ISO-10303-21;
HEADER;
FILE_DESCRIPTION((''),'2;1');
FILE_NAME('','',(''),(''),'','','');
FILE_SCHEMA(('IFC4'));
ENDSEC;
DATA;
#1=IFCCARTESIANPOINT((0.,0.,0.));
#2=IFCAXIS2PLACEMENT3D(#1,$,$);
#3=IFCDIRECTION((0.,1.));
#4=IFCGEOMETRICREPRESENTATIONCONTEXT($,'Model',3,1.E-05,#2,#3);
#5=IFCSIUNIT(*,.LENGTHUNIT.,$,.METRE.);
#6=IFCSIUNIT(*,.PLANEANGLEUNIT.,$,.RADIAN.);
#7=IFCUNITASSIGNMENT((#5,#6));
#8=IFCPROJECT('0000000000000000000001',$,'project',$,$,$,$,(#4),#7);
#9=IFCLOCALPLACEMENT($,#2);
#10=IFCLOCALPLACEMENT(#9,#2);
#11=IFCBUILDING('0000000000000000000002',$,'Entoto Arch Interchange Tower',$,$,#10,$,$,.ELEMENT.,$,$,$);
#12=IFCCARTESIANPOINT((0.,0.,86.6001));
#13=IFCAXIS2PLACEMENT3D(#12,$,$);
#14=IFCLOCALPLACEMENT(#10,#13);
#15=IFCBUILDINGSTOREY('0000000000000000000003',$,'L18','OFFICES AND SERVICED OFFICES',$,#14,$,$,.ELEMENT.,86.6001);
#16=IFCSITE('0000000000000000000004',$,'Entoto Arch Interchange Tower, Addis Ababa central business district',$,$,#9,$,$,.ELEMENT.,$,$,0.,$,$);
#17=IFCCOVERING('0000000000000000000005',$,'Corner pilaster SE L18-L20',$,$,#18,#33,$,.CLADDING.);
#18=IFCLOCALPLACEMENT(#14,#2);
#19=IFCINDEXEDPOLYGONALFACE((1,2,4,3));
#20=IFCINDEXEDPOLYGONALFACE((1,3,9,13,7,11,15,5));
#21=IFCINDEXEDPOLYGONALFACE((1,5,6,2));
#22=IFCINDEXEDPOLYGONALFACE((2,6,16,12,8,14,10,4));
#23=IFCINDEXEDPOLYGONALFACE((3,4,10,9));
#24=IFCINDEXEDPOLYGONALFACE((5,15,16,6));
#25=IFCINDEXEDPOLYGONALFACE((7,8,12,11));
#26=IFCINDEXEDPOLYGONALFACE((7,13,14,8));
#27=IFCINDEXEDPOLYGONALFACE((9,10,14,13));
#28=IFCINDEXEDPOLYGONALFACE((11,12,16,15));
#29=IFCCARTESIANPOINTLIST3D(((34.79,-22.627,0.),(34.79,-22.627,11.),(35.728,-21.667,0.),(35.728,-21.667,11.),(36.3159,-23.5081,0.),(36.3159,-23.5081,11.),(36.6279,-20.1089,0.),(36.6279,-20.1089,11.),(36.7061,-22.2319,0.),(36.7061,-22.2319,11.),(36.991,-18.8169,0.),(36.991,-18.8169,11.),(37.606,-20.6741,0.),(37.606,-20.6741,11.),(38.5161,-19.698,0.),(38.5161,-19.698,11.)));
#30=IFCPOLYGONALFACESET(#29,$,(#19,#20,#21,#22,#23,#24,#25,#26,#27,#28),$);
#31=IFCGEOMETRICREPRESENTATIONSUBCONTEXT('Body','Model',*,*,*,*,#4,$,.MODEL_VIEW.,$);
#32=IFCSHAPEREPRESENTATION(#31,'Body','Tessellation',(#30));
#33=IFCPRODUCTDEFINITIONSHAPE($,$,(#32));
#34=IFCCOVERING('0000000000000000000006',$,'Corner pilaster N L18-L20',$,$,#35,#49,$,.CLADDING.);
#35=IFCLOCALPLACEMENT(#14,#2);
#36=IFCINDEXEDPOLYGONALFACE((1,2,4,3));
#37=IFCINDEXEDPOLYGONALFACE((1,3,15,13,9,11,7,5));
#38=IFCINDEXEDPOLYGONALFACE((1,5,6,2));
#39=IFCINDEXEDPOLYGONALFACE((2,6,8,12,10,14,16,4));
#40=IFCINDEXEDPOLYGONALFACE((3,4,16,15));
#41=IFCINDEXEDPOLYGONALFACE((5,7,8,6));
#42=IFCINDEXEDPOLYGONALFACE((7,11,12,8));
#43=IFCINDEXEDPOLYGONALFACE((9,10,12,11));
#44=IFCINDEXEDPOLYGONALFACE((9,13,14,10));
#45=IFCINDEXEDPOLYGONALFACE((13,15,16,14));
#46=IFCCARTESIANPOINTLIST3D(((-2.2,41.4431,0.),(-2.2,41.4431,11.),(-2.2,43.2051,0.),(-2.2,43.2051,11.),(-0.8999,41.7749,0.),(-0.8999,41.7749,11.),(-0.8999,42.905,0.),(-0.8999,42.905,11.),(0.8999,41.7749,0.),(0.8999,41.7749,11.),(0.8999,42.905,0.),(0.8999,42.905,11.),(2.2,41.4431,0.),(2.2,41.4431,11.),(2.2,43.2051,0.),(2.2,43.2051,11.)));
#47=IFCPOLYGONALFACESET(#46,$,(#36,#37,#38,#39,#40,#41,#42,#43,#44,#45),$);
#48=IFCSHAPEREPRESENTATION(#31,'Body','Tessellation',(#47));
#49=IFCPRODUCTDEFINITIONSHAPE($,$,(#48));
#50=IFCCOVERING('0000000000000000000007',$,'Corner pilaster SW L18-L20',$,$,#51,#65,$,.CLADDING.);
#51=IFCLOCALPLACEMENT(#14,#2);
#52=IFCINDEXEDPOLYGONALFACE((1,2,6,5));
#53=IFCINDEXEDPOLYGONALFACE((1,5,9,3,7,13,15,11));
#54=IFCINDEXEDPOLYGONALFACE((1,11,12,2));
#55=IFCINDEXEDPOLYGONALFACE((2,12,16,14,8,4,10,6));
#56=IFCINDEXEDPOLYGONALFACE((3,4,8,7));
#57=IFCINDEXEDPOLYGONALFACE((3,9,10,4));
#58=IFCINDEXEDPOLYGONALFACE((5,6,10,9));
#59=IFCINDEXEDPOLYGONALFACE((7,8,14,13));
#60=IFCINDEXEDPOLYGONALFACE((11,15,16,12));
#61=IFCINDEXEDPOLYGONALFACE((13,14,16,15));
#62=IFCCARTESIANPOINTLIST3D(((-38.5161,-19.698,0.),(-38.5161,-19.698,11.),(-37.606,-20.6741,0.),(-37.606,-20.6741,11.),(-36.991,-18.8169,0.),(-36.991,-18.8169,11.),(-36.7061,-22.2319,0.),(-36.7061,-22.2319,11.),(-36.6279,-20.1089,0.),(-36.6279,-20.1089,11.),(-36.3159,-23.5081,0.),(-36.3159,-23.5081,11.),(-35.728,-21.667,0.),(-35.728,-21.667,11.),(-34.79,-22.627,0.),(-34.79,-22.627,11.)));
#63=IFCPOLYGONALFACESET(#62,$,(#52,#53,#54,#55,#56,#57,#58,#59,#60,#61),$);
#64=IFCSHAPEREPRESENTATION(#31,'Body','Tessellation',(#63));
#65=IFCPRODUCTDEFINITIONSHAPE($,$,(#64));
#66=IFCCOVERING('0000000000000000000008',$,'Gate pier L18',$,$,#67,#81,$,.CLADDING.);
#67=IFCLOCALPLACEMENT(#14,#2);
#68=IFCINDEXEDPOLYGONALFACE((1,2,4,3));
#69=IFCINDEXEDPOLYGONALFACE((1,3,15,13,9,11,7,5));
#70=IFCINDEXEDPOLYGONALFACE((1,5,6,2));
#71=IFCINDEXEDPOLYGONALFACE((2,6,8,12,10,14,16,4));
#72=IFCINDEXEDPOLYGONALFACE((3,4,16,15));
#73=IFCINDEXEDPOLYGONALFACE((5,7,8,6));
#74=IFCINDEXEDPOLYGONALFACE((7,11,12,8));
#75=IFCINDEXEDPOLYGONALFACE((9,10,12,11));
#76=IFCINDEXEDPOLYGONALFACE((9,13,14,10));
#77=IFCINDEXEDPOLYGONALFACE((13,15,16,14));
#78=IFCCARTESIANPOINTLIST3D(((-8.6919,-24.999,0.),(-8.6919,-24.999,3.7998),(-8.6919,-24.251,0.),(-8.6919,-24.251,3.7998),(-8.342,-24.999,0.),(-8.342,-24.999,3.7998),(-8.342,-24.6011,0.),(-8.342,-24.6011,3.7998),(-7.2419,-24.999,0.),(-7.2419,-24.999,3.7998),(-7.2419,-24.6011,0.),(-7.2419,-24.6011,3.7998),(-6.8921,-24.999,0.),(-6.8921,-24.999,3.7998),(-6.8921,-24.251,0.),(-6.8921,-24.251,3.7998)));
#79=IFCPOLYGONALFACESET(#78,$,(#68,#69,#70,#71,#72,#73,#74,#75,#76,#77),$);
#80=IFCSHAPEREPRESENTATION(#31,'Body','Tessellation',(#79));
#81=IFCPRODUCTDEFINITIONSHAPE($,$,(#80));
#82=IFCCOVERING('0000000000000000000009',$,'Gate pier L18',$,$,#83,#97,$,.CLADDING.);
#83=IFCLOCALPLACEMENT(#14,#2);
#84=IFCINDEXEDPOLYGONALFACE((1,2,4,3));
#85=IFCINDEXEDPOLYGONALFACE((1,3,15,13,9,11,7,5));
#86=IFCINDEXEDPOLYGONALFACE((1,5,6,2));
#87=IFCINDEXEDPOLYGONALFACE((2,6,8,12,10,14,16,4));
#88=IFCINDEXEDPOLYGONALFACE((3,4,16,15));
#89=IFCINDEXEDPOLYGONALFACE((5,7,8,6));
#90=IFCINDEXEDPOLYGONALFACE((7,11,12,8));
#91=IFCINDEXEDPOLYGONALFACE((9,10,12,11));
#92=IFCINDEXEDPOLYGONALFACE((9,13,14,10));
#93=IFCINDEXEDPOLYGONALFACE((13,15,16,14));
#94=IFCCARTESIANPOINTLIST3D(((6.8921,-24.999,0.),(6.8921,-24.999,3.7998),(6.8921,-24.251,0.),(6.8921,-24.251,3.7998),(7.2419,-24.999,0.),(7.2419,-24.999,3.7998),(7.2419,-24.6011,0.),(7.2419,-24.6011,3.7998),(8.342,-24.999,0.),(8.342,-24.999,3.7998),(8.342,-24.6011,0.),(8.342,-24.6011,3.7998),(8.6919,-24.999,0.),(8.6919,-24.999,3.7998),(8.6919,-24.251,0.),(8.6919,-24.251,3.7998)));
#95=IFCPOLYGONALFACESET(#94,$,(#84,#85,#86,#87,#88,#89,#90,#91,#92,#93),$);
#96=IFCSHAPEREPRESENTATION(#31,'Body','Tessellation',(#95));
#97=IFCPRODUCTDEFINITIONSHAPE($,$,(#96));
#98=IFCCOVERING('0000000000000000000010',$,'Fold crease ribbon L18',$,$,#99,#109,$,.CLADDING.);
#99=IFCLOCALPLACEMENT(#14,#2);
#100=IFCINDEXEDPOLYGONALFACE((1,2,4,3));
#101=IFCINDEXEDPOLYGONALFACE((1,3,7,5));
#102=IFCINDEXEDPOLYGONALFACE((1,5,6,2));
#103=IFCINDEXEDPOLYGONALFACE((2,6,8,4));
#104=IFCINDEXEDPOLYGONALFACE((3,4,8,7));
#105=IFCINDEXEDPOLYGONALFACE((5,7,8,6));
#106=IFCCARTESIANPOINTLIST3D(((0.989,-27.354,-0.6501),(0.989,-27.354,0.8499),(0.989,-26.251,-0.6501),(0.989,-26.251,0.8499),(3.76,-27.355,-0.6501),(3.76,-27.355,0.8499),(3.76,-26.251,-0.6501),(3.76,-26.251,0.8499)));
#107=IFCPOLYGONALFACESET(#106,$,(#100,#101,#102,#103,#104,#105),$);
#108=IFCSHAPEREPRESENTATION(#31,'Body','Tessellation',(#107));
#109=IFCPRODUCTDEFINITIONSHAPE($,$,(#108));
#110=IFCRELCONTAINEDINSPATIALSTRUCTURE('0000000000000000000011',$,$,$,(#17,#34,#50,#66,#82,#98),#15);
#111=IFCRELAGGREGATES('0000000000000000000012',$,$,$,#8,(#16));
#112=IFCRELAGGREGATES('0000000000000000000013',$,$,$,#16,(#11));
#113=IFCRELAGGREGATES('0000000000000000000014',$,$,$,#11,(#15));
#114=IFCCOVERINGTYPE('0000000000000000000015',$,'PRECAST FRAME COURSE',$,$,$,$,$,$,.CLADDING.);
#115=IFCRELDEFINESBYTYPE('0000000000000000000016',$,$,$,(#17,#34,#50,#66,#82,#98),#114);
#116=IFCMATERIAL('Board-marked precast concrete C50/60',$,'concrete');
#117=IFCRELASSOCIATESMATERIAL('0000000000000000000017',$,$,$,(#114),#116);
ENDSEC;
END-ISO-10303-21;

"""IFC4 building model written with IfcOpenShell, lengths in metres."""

from ifc_helpers import new_model, si_unit, direction, frame, origin, place, context, subcontext, project, spatial, polyline, outline, extrude, material, type_object, element, save


model = new_model("IFC4")

# Units and contexts
model_context = context("Model", 3, precision=1e-05, world=origin(), true_north=direction((0.0, 1.0)))
body_context = subcontext(model_context, "Body", "Model", "MODEL_VIEW")
ifc_project = project(units=[si_unit("LENGTHUNIT", "METRE"), si_unit("PLANEANGLEUNIT", "RADIAN")], contexts=[model_context])

# Site, building, storey
site_placement = place(None, origin())
site = spatial("IfcSite", under=ifc_project, at=site_placement, Name="Entoto Arch Interchange Tower, Addis Ababa central business district", CompositionType="ELEMENT", RefElevation=0.0)
building_placement = place(site_placement, origin())
building = spatial("IfcBuilding", under=site, at=building_placement, Name="Entoto Arch Interchange Tower", CompositionType="ELEMENT")
storey_placement = place(building_placement, frame((0.0, 0.0, 86.6001)))
storey = spatial("IfcBuildingStorey", under=building, at=storey_placement, Name="L18", Description="OFFICES AND SERVICED OFFICES", CompositionType="ELEMENT", Elevation=86.6001)

# Coverings
ifc_material_1 = material(Name="Board-marked precast concrete C50/60", Category="concrete")
covering_type = type_object("IfcCoveringType", Name="PRECAST FRAME COURSE", PredefinedType="CLADDING", material=ifc_material_1)
covering_1_placement = place(storey_placement, origin())
element("IfcCovering", 1, at=covering_1_placement, inside=storey, type_object=covering_type, Name="Corner pilaster SE L18-L20", PredefinedType="CLADDING", context=body_context, shape_type="SweptSolid", body=[
    extrude(outline(polyline([(38.5161, -19.698), (36.3159, -23.5081), (34.79, -22.627), (35.728, -21.667), (36.7061, -22.2319), (37.606, -20.6741), (36.6279, -20.1089), (36.991, -18.8169), (38.5161, -19.698)])), origin(), (0.0, 0.0, 1.0), 11.0),
])
covering_2_placement = place(storey_placement, origin())
element("IfcCovering", 2, at=covering_2_placement, inside=storey, type_object=covering_type, Name="Corner pilaster N L18-L20", PredefinedType="CLADDING", context=body_context, shape_type="SweptSolid", body=[
    extrude(outline(polyline([(-2.2, 43.2051), (2.2, 43.2051), (2.2, 41.4431), (0.8999, 41.7749), (0.8999, 42.905), (-0.8999, 42.905), (-0.8999, 41.7749), (-2.2, 41.4431), (-2.2, 43.2051)])), origin(), (0.0, 0.0, 1.0), 11.0),
])
covering_3_placement = place(storey_placement, origin())
element("IfcCovering", 3, at=covering_3_placement, inside=storey, type_object=covering_type, Name="Corner pilaster SW L18-L20", PredefinedType="CLADDING", context=body_context, shape_type="SweptSolid", body=[
    extrude(outline(polyline([(-36.3159, -23.5081), (-38.5161, -19.698), (-36.991, -18.8169), (-36.6279, -20.1089), (-37.606, -20.6741), (-36.7061, -22.2319), (-35.728, -21.667), (-34.79, -22.627), (-36.3159, -23.5081)])), origin(), (0.0, 0.0, 1.0), 11.0),
])
covering_4_placement = place(storey_placement, origin())
element("IfcCovering", 4, at=covering_4_placement, inside=storey, type_object=covering_type, Name="Gate pier L18", PredefinedType="CLADDING", context=body_context, shape_type="SweptSolid", body=[
    extrude(outline(polyline([(-8.6919, -24.251), (-6.8921, -24.251), (-6.8921, -24.999), (-7.2419, -24.999), (-7.2419, -24.6011), (-8.342, -24.6011), (-8.342, -24.999), (-8.6919, -24.999), (-8.6919, -24.251)])), origin(), (0.0, 0.0, 1.0), 3.7998),
])
covering_5_placement = place(storey_placement, origin())
element("IfcCovering", 5, at=covering_5_placement, inside=storey, type_object=covering_type, Name="Gate pier L18", PredefinedType="CLADDING", context=body_context, shape_type="SweptSolid", body=[
    extrude(outline(polyline([(6.8921, -24.251), (8.6919, -24.251), (8.6919, -24.999), (8.342, -24.999), (8.342, -24.6011), (7.2419, -24.6011), (7.2419, -24.999), (6.8921, -24.999), (6.8921, -24.251)])), origin(), (0.0, 0.0, 1.0), 3.7998),
])
covering_6_placement = place(storey_placement, frame((0.0, 0.0, -0.6501)))
element("IfcCovering", 6, at=covering_6_placement, inside=storey, type_object=covering_type, Name="Fold crease ribbon L18", PredefinedType="CLADDING", context=body_context, shape_type="SweptSolid", body=[
    extrude(outline(polyline([(0.989, -27.354), (0.989, -26.251), (3.76, -26.251), (3.76, -27.355), (0.989, -27.354)])), origin(), (0.0, 0.0, 1.0), 1.5),
])

save(model, "model.ifc")
